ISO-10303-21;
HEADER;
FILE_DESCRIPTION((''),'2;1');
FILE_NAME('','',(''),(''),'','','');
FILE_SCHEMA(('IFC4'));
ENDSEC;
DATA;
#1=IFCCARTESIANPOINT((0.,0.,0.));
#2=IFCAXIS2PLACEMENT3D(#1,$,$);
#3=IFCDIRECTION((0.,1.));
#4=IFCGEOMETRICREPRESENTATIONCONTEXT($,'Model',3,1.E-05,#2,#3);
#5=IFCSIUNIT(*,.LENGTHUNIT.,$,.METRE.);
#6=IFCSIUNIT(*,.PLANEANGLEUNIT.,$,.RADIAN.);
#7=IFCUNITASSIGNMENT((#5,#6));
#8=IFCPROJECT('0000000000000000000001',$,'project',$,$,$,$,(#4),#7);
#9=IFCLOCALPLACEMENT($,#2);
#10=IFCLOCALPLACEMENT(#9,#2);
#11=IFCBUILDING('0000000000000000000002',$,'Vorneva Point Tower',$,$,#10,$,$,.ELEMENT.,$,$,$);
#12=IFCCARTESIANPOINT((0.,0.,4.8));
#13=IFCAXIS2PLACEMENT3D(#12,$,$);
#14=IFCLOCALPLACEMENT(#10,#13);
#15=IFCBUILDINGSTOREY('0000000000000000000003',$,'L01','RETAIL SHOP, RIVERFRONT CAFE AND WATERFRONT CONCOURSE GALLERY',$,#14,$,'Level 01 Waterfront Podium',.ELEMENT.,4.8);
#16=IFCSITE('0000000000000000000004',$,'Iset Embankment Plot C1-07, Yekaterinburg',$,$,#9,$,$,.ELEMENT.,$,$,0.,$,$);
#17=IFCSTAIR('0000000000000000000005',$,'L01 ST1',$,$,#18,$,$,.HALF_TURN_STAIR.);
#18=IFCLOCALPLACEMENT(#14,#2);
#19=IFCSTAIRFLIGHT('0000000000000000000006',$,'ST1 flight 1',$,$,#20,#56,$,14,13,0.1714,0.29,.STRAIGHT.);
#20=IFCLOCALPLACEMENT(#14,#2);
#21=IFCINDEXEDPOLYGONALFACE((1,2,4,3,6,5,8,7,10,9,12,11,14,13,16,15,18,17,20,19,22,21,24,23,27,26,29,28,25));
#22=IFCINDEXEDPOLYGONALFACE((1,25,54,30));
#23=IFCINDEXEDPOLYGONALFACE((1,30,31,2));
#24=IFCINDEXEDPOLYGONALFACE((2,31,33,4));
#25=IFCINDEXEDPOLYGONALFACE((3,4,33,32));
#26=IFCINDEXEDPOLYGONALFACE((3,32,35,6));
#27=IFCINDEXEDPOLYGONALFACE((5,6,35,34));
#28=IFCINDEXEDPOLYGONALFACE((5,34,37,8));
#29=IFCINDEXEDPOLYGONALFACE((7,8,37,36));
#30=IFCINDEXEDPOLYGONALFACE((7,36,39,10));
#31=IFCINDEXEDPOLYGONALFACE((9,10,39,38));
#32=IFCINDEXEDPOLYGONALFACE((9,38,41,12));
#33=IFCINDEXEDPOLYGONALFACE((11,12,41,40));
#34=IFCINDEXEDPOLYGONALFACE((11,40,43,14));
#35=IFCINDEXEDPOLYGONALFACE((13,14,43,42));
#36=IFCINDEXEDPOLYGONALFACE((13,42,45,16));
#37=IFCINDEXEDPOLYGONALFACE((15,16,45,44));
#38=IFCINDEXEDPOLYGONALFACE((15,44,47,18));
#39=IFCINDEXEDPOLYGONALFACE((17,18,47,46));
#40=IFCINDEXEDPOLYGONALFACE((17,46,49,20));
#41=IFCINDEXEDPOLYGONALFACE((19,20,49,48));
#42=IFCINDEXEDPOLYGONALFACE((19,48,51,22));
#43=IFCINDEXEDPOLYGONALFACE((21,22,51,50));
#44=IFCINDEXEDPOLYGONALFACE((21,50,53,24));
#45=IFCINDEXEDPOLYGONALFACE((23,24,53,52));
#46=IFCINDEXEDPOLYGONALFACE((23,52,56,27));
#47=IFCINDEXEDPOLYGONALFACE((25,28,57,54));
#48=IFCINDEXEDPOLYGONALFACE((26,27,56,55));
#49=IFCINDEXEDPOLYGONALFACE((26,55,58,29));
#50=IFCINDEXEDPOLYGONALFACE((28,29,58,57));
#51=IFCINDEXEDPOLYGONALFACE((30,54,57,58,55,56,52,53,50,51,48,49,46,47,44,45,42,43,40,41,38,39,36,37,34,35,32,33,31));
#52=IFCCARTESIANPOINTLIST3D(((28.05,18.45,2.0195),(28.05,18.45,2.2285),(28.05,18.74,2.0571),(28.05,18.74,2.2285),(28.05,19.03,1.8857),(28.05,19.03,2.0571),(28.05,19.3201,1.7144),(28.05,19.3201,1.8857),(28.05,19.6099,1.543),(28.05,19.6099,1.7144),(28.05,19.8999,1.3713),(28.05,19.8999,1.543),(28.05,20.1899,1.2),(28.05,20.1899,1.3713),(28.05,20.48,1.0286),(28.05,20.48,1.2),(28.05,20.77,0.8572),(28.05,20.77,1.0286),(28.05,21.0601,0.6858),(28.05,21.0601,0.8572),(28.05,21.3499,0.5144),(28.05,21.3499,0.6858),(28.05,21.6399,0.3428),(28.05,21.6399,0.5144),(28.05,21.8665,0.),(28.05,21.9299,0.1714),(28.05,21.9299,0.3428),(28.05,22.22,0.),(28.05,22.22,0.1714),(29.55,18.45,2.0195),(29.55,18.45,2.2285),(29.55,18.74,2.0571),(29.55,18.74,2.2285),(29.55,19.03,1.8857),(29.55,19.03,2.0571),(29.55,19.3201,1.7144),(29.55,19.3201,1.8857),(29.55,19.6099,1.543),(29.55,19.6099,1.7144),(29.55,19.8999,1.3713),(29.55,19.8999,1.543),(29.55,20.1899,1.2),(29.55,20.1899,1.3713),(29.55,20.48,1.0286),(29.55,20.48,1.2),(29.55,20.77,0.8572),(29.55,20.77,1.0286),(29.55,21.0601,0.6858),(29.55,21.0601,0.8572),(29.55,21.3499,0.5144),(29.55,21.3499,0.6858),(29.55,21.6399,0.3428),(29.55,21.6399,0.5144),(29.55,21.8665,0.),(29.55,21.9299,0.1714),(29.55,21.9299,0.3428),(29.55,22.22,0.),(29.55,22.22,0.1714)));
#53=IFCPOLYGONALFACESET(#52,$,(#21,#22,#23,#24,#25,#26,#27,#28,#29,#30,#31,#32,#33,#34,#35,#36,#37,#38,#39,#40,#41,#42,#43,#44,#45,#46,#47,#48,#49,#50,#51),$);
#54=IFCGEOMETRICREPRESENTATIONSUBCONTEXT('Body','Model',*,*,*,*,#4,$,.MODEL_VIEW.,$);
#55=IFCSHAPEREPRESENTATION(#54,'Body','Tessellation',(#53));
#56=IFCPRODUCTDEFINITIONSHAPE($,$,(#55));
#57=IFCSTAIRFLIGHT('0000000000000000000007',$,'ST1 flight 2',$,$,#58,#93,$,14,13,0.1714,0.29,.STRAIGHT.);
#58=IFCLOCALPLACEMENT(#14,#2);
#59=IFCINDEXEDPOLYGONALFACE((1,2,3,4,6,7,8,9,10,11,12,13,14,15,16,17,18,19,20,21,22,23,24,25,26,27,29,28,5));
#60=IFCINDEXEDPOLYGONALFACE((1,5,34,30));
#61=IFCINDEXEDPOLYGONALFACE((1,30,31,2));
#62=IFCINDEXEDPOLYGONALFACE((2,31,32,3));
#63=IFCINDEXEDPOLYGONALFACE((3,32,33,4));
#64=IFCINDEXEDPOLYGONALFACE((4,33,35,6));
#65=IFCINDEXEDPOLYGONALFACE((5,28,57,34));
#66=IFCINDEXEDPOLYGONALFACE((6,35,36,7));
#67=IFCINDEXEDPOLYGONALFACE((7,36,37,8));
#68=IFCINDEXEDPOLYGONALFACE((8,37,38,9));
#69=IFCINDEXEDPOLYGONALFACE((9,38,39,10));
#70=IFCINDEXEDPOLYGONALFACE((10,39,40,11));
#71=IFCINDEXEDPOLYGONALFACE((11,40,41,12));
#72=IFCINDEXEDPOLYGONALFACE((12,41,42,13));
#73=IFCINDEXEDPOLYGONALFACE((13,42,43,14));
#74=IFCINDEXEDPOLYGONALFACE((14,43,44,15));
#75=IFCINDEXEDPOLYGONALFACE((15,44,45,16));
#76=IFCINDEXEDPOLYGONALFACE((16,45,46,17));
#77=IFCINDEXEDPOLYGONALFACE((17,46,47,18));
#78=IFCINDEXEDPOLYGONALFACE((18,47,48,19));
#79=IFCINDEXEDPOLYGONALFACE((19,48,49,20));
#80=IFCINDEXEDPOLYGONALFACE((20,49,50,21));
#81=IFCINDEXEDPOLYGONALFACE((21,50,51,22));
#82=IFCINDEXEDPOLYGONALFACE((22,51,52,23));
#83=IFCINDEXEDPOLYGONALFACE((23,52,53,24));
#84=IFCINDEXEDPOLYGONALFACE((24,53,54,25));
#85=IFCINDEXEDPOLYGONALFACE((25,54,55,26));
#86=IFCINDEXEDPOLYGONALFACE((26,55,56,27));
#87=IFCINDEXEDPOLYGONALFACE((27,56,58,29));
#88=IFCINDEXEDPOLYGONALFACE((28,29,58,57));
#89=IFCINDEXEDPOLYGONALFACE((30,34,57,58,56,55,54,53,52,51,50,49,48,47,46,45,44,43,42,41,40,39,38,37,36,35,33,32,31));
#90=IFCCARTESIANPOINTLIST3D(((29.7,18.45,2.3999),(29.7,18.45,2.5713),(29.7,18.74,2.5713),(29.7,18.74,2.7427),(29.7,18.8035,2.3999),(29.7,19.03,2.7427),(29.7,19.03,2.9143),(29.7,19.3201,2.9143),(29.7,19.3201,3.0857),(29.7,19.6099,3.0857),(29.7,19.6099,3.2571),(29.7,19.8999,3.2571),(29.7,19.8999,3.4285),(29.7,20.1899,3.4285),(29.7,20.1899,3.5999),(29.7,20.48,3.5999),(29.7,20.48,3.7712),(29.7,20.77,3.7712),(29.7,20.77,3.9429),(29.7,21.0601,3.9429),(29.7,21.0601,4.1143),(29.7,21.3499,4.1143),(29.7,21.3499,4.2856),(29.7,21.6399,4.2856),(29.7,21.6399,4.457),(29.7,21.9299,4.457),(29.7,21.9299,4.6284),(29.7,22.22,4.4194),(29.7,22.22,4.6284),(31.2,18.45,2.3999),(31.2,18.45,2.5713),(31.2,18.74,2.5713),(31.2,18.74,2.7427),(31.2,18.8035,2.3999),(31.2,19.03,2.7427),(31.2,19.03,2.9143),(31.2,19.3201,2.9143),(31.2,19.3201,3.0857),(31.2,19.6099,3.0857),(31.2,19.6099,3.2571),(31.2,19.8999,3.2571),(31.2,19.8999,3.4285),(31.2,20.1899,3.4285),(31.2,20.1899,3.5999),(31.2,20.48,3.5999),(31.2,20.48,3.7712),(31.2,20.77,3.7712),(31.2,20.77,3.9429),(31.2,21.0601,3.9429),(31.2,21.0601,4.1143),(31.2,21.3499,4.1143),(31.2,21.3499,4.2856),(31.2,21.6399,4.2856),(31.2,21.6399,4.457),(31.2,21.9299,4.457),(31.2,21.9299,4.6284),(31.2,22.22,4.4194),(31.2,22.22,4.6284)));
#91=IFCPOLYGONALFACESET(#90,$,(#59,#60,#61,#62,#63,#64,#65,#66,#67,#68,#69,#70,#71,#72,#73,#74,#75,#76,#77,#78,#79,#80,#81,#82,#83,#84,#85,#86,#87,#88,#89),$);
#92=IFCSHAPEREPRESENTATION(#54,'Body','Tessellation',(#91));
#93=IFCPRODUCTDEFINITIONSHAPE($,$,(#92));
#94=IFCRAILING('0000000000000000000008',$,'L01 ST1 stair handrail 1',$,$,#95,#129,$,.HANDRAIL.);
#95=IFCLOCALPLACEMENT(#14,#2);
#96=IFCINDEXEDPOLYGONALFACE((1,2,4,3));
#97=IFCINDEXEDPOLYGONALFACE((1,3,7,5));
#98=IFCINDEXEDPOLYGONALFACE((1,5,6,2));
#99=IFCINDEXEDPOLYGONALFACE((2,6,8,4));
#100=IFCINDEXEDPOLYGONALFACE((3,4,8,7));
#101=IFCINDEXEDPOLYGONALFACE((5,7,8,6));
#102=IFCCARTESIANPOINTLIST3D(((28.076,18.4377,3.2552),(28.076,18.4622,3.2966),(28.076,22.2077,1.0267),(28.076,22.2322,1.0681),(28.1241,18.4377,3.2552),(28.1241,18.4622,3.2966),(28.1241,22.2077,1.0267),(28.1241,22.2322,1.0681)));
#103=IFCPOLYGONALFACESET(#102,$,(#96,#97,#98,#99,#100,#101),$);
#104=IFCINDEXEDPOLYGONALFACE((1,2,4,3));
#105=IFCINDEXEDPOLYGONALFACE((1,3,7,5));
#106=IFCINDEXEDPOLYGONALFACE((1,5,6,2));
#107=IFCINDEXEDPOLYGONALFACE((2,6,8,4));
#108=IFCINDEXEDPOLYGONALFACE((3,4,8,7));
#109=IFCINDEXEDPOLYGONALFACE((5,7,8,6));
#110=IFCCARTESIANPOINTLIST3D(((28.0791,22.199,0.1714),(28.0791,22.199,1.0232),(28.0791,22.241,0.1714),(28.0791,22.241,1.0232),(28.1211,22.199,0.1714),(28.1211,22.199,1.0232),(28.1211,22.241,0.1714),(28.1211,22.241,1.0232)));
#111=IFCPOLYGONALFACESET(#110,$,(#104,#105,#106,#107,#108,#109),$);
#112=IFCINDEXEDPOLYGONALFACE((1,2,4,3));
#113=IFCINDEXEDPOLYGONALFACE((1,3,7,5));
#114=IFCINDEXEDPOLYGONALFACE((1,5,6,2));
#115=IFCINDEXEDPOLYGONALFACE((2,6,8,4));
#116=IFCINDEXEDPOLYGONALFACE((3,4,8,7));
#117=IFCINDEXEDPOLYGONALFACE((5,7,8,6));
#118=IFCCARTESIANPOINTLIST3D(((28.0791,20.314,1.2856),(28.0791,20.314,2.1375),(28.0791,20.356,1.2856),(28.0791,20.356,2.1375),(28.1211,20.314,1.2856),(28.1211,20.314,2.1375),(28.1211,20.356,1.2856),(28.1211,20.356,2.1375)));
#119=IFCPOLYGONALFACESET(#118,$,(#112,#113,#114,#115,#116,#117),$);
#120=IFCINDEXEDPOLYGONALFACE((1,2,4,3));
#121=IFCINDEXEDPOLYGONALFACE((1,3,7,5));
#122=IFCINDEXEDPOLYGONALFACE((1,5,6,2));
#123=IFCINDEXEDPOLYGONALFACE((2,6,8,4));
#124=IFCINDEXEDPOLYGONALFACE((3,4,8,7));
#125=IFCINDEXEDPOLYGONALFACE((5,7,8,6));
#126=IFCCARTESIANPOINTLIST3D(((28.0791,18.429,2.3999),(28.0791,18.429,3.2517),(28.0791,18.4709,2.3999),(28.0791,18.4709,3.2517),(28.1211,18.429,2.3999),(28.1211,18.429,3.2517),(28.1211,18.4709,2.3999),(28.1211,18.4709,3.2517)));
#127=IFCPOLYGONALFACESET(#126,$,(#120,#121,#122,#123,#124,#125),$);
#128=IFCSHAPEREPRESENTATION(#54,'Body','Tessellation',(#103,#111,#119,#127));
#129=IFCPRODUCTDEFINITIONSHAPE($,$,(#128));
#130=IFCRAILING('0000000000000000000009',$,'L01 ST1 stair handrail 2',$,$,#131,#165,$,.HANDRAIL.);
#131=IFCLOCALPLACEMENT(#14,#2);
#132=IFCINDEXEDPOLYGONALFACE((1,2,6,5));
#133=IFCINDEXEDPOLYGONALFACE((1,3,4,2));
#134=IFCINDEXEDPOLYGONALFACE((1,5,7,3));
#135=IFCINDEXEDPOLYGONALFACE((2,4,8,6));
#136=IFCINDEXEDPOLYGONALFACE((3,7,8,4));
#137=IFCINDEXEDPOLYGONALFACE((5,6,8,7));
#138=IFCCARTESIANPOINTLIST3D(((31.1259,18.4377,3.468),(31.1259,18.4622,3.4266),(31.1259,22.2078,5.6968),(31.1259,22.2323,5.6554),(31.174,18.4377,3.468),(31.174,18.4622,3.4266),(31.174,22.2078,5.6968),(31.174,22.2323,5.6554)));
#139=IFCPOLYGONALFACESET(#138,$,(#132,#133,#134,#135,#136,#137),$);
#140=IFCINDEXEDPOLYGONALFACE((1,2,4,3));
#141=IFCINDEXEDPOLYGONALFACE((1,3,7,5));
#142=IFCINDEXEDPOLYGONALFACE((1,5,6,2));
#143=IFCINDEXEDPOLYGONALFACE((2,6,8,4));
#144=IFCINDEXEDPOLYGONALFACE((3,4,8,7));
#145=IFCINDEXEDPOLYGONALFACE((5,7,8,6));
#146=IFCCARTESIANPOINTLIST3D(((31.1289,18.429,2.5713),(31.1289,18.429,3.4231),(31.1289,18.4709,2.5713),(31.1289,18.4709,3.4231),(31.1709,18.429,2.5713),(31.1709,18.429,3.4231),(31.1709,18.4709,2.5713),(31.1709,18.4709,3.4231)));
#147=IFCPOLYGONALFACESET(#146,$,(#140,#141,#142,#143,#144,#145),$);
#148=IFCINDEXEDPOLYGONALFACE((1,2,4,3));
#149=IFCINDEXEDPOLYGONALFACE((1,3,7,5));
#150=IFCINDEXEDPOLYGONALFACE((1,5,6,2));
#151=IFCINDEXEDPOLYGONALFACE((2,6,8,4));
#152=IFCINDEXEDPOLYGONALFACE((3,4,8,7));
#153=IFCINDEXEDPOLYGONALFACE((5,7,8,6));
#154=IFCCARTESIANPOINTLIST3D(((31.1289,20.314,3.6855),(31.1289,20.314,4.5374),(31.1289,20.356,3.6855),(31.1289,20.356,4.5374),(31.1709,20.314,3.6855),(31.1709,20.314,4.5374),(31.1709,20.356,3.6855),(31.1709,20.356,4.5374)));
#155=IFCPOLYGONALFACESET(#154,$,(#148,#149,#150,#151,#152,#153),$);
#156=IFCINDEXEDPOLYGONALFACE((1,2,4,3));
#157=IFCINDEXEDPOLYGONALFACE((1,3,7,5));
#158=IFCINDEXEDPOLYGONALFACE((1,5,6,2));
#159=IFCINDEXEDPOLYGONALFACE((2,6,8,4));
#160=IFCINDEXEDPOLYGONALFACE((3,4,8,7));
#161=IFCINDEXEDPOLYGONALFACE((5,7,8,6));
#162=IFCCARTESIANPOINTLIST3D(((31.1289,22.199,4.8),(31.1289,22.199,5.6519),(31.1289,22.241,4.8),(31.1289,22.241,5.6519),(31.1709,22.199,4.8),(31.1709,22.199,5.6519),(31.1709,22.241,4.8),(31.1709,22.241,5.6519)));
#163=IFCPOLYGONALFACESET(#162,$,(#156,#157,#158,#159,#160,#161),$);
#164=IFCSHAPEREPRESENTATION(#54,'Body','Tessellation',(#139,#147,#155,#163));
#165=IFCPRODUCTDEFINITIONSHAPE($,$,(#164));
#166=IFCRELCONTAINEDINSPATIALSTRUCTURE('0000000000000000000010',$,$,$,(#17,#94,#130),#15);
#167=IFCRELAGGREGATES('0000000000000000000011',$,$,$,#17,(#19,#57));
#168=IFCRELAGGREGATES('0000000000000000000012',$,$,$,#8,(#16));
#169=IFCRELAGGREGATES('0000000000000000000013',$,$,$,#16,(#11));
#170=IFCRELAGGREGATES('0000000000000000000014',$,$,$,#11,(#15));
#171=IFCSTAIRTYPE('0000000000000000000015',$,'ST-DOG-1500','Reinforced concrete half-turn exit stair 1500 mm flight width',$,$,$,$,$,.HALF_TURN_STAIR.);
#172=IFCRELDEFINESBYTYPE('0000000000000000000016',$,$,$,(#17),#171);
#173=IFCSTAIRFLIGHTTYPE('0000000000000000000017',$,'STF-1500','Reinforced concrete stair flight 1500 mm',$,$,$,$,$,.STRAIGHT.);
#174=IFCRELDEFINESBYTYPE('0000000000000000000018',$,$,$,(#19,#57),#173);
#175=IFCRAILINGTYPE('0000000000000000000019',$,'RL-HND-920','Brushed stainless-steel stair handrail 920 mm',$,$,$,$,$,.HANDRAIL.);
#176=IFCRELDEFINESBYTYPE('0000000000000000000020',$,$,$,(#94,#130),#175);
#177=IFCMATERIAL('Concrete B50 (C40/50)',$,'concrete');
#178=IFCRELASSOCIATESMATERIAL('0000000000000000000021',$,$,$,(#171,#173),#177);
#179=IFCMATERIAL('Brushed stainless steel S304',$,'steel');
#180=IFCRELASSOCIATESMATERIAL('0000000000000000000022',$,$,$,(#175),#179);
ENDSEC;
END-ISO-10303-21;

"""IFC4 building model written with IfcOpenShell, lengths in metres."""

from ifc_helpers import new_model, si_unit, direction, frame, origin, origin_2d, place, context, subcontext, project, spatial, polyline, rectangle, outline, extrude, material, type_object, element, aggregate, save


model = new_model("IFC4")

# Units and contexts
model_context = context("Model", 3, precision=1e-05, world=origin(), true_north=direction((0.0, 1.0)))
body_context = subcontext(model_context, "Body", "Model", "MODEL_VIEW")
ifc_project = project(units=[si_unit("LENGTHUNIT", "METRE"), si_unit("PLANEANGLEUNIT", "RADIAN")], contexts=[model_context])

# Site, building, storey
site_placement = place(None, origin())
site = spatial("IfcSite", under=ifc_project, at=site_placement, Name="Iset Embankment Plot C1-07, Yekaterinburg", CompositionType="ELEMENT", RefElevation=0.0)
building_placement = place(site_placement, origin())
building = spatial("IfcBuilding", under=site, at=building_placement, Name="Vorneva Point Tower", CompositionType="ELEMENT")
storey_placement = place(building_placement, frame((0.0, 0.0, 4.8)))
storey = spatial("IfcBuildingStorey", under=building, at=storey_placement, Name="L01", Description="RETAIL SHOP, RIVERFRONT CAFE AND WATERFRONT CONCOURSE GALLERY", LongName="Level 01 Waterfront Podium", CompositionType="ELEMENT", Elevation=4.8)

# Shared definitions
ifc_material_1 = material(Name="Concrete B50 (C40/50)", Category="concrete")

# Stair, stair flights
stair_type = type_object("IfcStairType", Name="ST-DOG-1500", Description="Reinforced concrete half-turn exit stair 1500 mm flight width", PredefinedType="HALF_TURN_STAIR", material=ifc_material_1)
stair_placement = place(storey_placement, origin())
stair = element("IfcStair", 1, at=stair_placement, inside=storey, type_object=stair_type, Name="L01 ST1", PredefinedType="HALF_TURN_STAIR")
stair_flight_type = type_object("IfcStairFlightType", Name="STF-1500", Description="Reinforced concrete stair flight 1500 mm", PredefinedType="STRAIGHT", material=ifc_material_1)
stair_flight_1_placement = place(storey_placement, frame((28.8, 22.22, 0.0), z_axis=(0.0, 0.0, 1.0), x_axis=(0.0, -1.0, 0.0)))
stair_flight_1 = element("IfcStairFlight", 2, at=stair_flight_1_placement, type_object=stair_flight_type, Name="ST1 flight 1", NumberOfRisers=14, NumberOfTreads=13, PredefinedType="STRAIGHT", RiserHeight=0.1714, TreadLength=0.29, context=body_context, shape_type="SweptSolid", body=[
    extrude(outline(polyline([(0.0, 0.0), (0.0, 0.1714), (0.29, 0.1714), (0.29, 0.3428), (0.5801, 0.3428), (0.5801, 0.5144), (0.8701, 0.5144), (0.8701, 0.6858), (1.1599, 0.6858), (1.1599, 0.8572), (1.45, 0.8572), (1.45, 1.0286), (1.74, 1.0286), (1.74, 1.2), (2.03, 1.2), (2.03, 1.3713), (2.3201, 1.3713), (2.3201, 1.543), (2.6101, 1.543), (2.6101, 1.7144), (2.8999, 1.7144), (2.8999, 1.8857), (3.1899, 1.8857), (3.1899, 2.0571), (3.48, 2.0571), (3.48, 2.2285), (3.77, 2.2285), (3.77, 2.3999), (3.77, 2.0195), (0.3535, 0.0), (0.0, 0.0)])), frame((0.0, 0.75, 0.0), z_axis=(0.0, -1.0, 0.0), x_axis=(1.0, 0.0, 0.0)), (0.0, 0.0, 1.0), 1.5),
])
stair_flight_2_placement = place(storey_placement, frame((30.45, 18.45, 2.3999), z_axis=(0.0, 0.0, 1.0), x_axis=(0.0, 1.0, 0.0)))
stair_flight_2 = element("IfcStairFlight", 3, at=stair_flight_2_placement, type_object=stair_flight_type, Name="ST1 flight 2", NumberOfRisers=14, NumberOfTreads=13, PredefinedType="STRAIGHT", RiserHeight=0.1714, TreadLength=0.29, context=body_context, shape_type="SweptSolid", body=[
    extrude(outline(polyline([(0.0, 0.0), (0.0, 0.1714), (0.29, 0.1714), (0.29, 0.3428), (0.5801, 0.3428), (0.5801, 0.5144), (0.8701, 0.5144), (0.8701, 0.6858), (1.1599, 0.6858), (1.1599, 0.8572), (1.45, 0.8572), (1.45, 1.0286), (1.74, 1.0286), (1.74, 1.2), (2.03, 1.2), (2.03, 1.3713), (2.3201, 1.3713), (2.3201, 1.543), (2.6101, 1.543), (2.6101, 1.7144), (2.8999, 1.7144), (2.8999, 1.8857), (3.1899, 1.8857), (3.1899, 2.0571), (3.48, 2.0571), (3.48, 2.2285), (3.77, 2.2285), (3.77, 2.3999), (3.77, 2.0195), (0.3535, 0.0), (0.0, 0.0)])), frame((0.0, 0.75, 0.0), z_axis=(0.0, -1.0, 0.0), x_axis=(1.0, 0.0, 0.0)), (0.0, 0.0, 1.0), 1.5),
])
aggregate(stair, [stair_flight_1, stair_flight_2])

# Railings
ifc_material_2 = material(Name="Brushed stainless steel S304", Category="steel")
railing_type_1 = type_object("IfcRailingType", Name="RL-HND-920", Description="Brushed stainless-steel stair handrail 920 mm", PredefinedType="HANDRAIL", material=ifc_material_2)
railing_1_placement = place(storey_placement, frame((28.1001, 22.22, 0.1714)))
element("IfcRailing", 4, at=railing_1_placement, inside=storey, type_object=railing_type_1, Name="L01 ST1 stair handrail 1", PredefinedType="HANDRAIL", context=body_context, shape_type="SweptSolid", body=[
    extrude(rectangle(XDim=0.0481, YDim=0.0481, at=origin_2d()), frame((0.0, 0.0, 0.876), z_axis=(0.0, -0.860849, 0.508861), x_axis=(1.0, 0.0, 0.0)), (0.0, 0.0, 1.0), 4.3794),
    extrude(rectangle(XDim=0.042, YDim=0.042, at=origin_2d()), origin(), (0.0, 0.0, 1.0), 0.8518),
    extrude(rectangle(XDim=0.042, YDim=0.042, at=origin_2d()), frame((0.0, -1.885, 1.1143)), (0.0, 0.0, 1.0), 0.8518),
    extrude(rectangle(XDim=0.042, YDim=0.042, at=origin_2d()), frame((0.0, -3.77, 2.2285)), (0.0, 0.0, 1.0), 0.8518),
])
railing_2_placement = place(storey_placement, frame((31.1499, 18.45, 2.5713)))
element("IfcRailing", 5, at=railing_2_placement, inside=storey, type_object=railing_type_1, Name="L01 ST1 stair handrail 2", PredefinedType="HANDRAIL", context=body_context, shape_type="SweptSolid", body=[
    extrude(rectangle(XDim=0.0481, YDim=0.0481, at=origin_2d()), frame((0.0, 0.0, 0.876), z_axis=(0.0, 0.860824, 0.508902), x_axis=(-1.0, 0.0, 0.0)), (0.0, 0.0, 1.0), 4.3796),
    extrude(rectangle(XDim=0.042, YDim=0.042, at=origin_2d()), origin(), (0.0, 0.0, 1.0), 0.8518),
    extrude(rectangle(XDim=0.042, YDim=0.042, at=origin_2d()), frame((0.0, 1.885, 1.1143)), (0.0, 0.0, 1.0), 0.8518),
    extrude(rectangle(XDim=0.042, YDim=0.042, at=origin_2d()), frame((0.0, 3.77, 2.2288)), (0.0, 0.0, 1.0), 0.8518),
])

save(model, "model.ifc")
